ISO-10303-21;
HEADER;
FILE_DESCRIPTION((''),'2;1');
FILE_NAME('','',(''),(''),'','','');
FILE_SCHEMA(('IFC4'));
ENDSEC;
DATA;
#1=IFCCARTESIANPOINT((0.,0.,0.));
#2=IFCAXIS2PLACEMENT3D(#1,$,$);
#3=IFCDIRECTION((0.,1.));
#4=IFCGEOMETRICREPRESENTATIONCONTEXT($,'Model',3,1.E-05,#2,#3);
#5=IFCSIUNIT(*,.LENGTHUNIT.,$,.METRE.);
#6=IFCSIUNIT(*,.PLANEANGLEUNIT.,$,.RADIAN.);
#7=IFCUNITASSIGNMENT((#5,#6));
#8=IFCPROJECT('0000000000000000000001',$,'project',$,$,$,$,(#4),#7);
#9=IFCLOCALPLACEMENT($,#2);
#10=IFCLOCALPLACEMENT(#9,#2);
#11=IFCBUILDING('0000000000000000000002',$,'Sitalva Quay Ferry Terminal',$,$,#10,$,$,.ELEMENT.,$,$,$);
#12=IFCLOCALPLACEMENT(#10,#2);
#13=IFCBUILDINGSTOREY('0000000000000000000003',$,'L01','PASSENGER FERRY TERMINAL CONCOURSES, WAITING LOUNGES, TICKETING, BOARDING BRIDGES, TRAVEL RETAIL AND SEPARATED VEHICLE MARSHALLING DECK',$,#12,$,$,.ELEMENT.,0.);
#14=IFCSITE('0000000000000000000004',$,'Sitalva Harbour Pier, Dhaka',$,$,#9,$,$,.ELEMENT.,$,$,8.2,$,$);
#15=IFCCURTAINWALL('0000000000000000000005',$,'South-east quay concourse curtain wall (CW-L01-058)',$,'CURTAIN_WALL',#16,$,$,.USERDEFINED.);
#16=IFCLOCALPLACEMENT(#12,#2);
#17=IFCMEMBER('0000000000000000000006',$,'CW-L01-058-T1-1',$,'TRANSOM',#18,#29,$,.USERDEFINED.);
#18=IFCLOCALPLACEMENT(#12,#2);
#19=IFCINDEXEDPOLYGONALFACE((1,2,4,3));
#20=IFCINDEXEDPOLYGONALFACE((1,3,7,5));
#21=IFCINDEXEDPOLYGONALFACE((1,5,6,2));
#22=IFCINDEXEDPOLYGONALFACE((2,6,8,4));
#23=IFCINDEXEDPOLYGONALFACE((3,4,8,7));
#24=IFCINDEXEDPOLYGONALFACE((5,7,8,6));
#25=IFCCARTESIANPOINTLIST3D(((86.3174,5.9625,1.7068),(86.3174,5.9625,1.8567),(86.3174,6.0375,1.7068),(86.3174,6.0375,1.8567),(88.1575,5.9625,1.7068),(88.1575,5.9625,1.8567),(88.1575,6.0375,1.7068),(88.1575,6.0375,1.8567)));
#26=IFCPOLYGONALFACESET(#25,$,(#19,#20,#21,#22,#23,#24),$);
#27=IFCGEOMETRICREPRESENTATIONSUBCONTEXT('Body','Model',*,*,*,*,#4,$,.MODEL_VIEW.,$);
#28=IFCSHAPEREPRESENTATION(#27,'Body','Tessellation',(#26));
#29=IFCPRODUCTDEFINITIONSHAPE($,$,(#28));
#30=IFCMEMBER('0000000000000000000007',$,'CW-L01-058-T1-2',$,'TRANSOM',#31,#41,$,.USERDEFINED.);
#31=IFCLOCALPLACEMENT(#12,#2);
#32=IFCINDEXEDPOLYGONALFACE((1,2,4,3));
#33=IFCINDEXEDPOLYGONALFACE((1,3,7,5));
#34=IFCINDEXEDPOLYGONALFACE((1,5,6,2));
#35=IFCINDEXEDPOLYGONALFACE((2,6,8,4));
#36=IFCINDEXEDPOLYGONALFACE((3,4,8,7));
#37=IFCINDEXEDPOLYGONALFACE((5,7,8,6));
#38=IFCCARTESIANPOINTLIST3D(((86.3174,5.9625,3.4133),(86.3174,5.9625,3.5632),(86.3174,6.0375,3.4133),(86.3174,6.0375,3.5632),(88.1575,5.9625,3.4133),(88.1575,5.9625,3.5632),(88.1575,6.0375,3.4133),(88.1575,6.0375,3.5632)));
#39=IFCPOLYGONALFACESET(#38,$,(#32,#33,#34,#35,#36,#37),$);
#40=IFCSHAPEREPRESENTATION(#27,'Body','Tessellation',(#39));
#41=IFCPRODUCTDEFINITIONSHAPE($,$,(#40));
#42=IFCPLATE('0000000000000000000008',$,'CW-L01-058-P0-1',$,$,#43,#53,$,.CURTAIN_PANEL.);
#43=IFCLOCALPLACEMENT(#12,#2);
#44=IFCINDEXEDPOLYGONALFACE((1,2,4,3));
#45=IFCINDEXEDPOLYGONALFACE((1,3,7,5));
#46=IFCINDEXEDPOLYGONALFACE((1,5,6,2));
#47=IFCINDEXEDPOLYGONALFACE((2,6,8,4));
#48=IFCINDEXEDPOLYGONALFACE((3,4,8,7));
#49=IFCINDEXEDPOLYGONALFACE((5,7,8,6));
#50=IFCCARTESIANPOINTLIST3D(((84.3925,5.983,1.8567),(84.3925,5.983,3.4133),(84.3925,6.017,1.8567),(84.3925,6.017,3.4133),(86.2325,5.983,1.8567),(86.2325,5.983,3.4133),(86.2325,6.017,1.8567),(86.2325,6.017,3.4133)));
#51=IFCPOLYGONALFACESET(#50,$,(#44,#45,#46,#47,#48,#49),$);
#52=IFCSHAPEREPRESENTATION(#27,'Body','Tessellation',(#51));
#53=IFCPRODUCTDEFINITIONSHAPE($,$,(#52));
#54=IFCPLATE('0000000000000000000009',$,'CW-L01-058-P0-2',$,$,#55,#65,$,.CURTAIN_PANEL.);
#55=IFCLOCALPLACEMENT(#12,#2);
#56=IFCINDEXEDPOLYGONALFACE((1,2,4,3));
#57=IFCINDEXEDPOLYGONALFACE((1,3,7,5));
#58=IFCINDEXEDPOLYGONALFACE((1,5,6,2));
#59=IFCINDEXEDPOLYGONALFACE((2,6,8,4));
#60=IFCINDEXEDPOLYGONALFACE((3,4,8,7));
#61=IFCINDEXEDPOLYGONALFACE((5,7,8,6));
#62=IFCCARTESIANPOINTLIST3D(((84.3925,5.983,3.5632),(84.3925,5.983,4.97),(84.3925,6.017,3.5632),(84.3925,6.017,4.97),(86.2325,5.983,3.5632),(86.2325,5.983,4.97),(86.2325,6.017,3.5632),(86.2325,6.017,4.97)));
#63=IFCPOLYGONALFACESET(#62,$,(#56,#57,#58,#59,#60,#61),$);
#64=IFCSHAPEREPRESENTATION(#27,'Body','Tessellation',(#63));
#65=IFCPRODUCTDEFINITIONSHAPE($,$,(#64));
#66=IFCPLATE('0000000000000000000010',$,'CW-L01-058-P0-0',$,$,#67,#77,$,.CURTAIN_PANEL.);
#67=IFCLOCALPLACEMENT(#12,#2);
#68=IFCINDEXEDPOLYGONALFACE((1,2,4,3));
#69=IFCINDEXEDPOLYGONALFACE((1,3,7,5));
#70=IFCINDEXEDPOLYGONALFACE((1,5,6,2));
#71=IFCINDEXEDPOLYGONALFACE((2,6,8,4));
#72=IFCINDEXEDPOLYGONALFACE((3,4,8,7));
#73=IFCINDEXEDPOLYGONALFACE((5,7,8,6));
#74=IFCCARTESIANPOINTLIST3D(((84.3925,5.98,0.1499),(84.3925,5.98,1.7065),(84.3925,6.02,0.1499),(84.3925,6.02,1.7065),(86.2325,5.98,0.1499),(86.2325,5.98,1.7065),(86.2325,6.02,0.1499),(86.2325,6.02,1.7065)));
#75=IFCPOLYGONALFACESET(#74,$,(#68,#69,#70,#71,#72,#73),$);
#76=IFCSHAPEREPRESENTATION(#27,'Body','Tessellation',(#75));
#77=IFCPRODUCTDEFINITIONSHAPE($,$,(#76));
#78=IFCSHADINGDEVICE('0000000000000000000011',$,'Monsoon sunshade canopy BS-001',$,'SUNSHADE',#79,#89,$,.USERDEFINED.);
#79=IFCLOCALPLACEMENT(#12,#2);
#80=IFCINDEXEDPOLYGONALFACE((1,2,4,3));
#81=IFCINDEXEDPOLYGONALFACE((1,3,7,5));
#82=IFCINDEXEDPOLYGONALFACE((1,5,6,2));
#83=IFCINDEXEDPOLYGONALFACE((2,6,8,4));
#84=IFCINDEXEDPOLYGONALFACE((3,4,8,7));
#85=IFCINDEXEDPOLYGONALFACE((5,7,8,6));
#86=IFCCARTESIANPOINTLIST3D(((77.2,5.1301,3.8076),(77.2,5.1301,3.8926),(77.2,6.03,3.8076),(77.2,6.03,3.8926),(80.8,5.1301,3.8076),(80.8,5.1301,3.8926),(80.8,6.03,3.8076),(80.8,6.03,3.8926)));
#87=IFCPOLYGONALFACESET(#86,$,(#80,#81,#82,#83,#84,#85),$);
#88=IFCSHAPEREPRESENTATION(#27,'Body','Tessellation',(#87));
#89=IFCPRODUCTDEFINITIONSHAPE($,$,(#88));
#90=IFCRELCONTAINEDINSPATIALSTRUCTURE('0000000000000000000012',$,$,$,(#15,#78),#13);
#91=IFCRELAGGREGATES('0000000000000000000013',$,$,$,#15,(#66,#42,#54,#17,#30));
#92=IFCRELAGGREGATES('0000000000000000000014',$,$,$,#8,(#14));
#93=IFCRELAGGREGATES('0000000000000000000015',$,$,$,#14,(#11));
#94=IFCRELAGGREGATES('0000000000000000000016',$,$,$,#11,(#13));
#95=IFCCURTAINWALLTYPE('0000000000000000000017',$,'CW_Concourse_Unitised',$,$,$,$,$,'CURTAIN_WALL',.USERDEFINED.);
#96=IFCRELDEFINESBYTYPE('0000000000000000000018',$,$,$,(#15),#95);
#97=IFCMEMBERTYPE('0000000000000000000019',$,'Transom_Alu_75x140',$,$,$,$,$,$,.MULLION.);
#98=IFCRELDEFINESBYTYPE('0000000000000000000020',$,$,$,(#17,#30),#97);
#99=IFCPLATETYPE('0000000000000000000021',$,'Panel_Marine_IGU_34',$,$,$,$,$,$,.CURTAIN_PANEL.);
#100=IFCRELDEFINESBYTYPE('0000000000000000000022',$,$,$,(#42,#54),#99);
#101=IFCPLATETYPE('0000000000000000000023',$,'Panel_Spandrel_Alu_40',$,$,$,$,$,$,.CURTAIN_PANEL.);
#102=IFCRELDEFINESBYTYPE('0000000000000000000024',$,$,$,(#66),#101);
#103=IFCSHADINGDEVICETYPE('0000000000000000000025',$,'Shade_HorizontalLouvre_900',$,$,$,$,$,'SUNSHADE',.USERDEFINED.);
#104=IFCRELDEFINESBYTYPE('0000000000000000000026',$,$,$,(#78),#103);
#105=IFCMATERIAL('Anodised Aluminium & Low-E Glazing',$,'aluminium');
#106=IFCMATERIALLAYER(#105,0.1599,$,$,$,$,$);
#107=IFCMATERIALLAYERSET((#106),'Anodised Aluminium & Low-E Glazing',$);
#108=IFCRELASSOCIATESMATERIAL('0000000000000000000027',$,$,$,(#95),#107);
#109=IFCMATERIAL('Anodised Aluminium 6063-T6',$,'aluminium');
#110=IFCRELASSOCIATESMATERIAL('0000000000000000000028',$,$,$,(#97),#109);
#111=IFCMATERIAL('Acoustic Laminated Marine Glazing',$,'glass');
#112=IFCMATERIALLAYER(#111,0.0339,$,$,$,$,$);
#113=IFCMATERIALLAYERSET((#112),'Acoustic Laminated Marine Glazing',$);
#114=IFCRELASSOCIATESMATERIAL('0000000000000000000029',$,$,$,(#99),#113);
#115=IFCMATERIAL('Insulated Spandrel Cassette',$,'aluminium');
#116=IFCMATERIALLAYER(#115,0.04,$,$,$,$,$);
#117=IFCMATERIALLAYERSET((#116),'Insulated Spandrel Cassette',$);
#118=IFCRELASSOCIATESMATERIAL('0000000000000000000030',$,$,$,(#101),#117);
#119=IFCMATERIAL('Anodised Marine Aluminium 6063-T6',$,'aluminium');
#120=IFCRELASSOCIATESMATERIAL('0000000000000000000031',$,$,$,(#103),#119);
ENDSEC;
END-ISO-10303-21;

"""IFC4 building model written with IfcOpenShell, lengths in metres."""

from ifc_helpers import new_model, si_unit, direction, frame, origin, origin_2d, place, context, subcontext, project, spatial, rectangle, extrude, material, layer, layer_set, material_profile, profile_set, type_object, element, aggregate, save


model = new_model("IFC4")

# Units and contexts
model_context = context("Model", 3, precision=1e-05, world=origin(), true_north=direction((0.0, 1.0)))
body_context = subcontext(model_context, "Body", "Model", "MODEL_VIEW")
ifc_project = project(units=[si_unit("LENGTHUNIT", "METRE"), si_unit("PLANEANGLEUNIT", "RADIAN")], contexts=[model_context])

# Site, building, storey
site_placement = place(None, origin())
site = spatial("IfcSite", under=ifc_project, at=site_placement, Name="Sitalva Harbour Pier, Dhaka", CompositionType="ELEMENT", RefElevation=8.2)
building_placement = place(site_placement, origin())
building = spatial("IfcBuilding", under=site, at=building_placement, Name="Sitalva Quay Ferry Terminal", CompositionType="ELEMENT")
storey_placement = place(building_placement, origin())
storey = spatial("IfcBuildingStorey", under=building, at=storey_placement, Name="L01", Description="PASSENGER FERRY TERMINAL CONCOURSES, WAITING LOUNGES, TICKETING, BOARDING BRIDGES, TRAVEL RETAIL AND SEPARATED VEHICLE MARSHALLING DECK", CompositionType="ELEMENT", Elevation=0.0)

# Curtain wall, members, plates
ifc_material_1 = material(Name="Anodised Aluminium & Low-E Glazing", Category="aluminium")
ifc_layer_1 = layer(ifc_material_1, 0.1599)
ifc_layer_set_1 = layer_set([ifc_layer_1], Name="Anodised Aluminium & Low-E Glazing")
curtain_wall_type = type_object("IfcCurtainWallType", Name="CW_Concourse_Unitised", ElementType="CURTAIN_WALL", PredefinedType="USERDEFINED", material=ifc_layer_set_1)
curtain_wall_placement = place(storey_placement, origin())
curtain_wall = element("IfcCurtainWall", 1, at=curtain_wall_placement, inside=storey, type_object=curtain_wall_type, Name="South-east quay concourse curtain wall (CW-L01-058)", ObjectType="CURTAIN_WALL", PredefinedType="USERDEFINED")
ifc_material_2 = material(Name="Anodised Aluminium 6063-T6", Category="aluminium")
ifc_material_profile_1 = material_profile(ifc_material_2, rectangle(XDim=0.075, YDim=0.1499, at=origin_2d()), Name="ALU75x150")
ifc_profile_set_1 = profile_set([ifc_material_profile_1], Name="Anodised Aluminium 6063-T6")
member_type_1 = type_object("IfcMemberType", Name="Transom_Alu_75x140", PredefinedType="MULLION", material=ifc_profile_set_1)
member_1_placement = place(storey_placement, frame((86.3174, 6.0, 1.7817), z_axis=(1.0, 0.0, 0.0), x_axis=(0.0, 1.0, 0.0)))
member_1 = element("IfcMember", 2, at=member_1_placement, type_object=member_type_1, Name="CW-L01-058-T1-1", ObjectType="TRANSOM", PredefinedType="USERDEFINED", context=body_context, shape_type="SweptSolid", body=[
    extrude(rectangle(XDim=0.075, YDim=0.1499, at=origin_2d()), origin(), (0.0, 0.0, 1.0), 1.8401),
])
member_2_placement = place(storey_placement, frame((86.3174, 6.0, 3.4883), z_axis=(1.0, 0.0, 0.0), x_axis=(0.0, 1.0, 0.0)))
member_2 = element("IfcMember", 3, at=member_2_placement, type_object=member_type_1, Name="CW-L01-058-T1-2", ObjectType="TRANSOM", PredefinedType="USERDEFINED", context=body_context, shape_type="SweptSolid", body=[
    extrude(rectangle(XDim=0.075, YDim=0.1499, at=origin_2d()), origin(), (0.0, 0.0, 1.0), 1.8401),
])
ifc_material_3 = material(Name="Acoustic Laminated Marine Glazing", Category="glass")
ifc_layer_2 = layer(ifc_material_3, 0.0339)
ifc_layer_set_2 = layer_set([ifc_layer_2], Name="Acoustic Laminated Marine Glazing")
plate_type_1 = type_object("IfcPlateType", Name="Panel_Marine_IGU_34", PredefinedType="CURTAIN_PANEL", material=ifc_layer_set_2)
plate_1_placement = place(storey_placement, frame((85.3125, 6.0, 1.8567), z_axis=(0.0, 0.0, 1.0), x_axis=(1.0, 0.0, 0.0)))
plate_1 = element("IfcPlate", 4, at=plate_1_placement, type_object=plate_type_1, Name="CW-L01-058-P0-1", PredefinedType="CURTAIN_PANEL", context=body_context, shape_type="SweptSolid", body=[
    extrude(rectangle(XDim=1.8401, YDim=0.0339, at=origin_2d()), origin(), (0.0, 0.0, 1.0), 1.5566),
])
plate_2_placement = place(storey_placement, frame((85.3125, 6.0, 3.5632), z_axis=(0.0, 0.0, 1.0), x_axis=(1.0, 0.0, 0.0)))
plate_2 = element("IfcPlate", 5, at=plate_2_placement, type_object=plate_type_1, Name="CW-L01-058-P0-2", PredefinedType="CURTAIN_PANEL", context=body_context, shape_type="SweptSolid", body=[
    extrude(rectangle(XDim=1.8401, YDim=0.0339, at=origin_2d()), origin(), (0.0, 0.0, 1.0), 1.4067),
])
ifc_material_4 = material(Name="Insulated Spandrel Cassette", Category="aluminium")
ifc_layer_3 = layer(ifc_material_4, 0.04)
ifc_layer_set_3 = layer_set([ifc_layer_3], Name="Insulated Spandrel Cassette")
plate_type_2 = type_object("IfcPlateType", Name="Panel_Spandrel_Alu_40", PredefinedType="CURTAIN_PANEL", material=ifc_layer_set_3)
plate_3_placement = place(storey_placement, frame((85.3125, 6.0, 0.1499), z_axis=(0.0, 0.0, 1.0), x_axis=(1.0, 0.0, 0.0)))
plate_3 = element("IfcPlate", 6, at=plate_3_placement, type_object=plate_type_2, Name="CW-L01-058-P0-0", PredefinedType="CURTAIN_PANEL", context=body_context, shape_type="SweptSolid", body=[
    extrude(rectangle(XDim=1.8401, YDim=0.04, at=origin_2d()), origin(), (0.0, 0.0, 1.0), 1.5566),
])
aggregate(curtain_wall, [plate_3, plate_1, plate_2, member_1, member_2])

# Shading device
ifc_material_5 = material(Name="Anodised Marine Aluminium 6063-T6", Category="aluminium")
shading_device_type = type_object("IfcShadingDeviceType", Name="Shade_HorizontalLouvre_900", ElementType="SUNSHADE", PredefinedType="USERDEFINED", material=ifc_material_5)
shading_device_placement = place(storey_placement, frame((79.0, 5.5801, 3.8076), z_axis=(0.0, 0.0, 1.0), x_axis=(1.0, 0.0, 0.0)))
element("IfcShadingDevice", 7, at=shading_device_placement, inside=storey, type_object=shading_device_type, Name="Monsoon sunshade canopy BS-001", ObjectType="SUNSHADE", PredefinedType="USERDEFINED", context=body_context, shape_type="SweptSolid", body=[
    extrude(rectangle(XDim=3.6001, YDim=0.8999, at=origin_2d()), origin(), (0.0, 0.0, 1.0), 0.085),
])

save(model, "model.ifc")
